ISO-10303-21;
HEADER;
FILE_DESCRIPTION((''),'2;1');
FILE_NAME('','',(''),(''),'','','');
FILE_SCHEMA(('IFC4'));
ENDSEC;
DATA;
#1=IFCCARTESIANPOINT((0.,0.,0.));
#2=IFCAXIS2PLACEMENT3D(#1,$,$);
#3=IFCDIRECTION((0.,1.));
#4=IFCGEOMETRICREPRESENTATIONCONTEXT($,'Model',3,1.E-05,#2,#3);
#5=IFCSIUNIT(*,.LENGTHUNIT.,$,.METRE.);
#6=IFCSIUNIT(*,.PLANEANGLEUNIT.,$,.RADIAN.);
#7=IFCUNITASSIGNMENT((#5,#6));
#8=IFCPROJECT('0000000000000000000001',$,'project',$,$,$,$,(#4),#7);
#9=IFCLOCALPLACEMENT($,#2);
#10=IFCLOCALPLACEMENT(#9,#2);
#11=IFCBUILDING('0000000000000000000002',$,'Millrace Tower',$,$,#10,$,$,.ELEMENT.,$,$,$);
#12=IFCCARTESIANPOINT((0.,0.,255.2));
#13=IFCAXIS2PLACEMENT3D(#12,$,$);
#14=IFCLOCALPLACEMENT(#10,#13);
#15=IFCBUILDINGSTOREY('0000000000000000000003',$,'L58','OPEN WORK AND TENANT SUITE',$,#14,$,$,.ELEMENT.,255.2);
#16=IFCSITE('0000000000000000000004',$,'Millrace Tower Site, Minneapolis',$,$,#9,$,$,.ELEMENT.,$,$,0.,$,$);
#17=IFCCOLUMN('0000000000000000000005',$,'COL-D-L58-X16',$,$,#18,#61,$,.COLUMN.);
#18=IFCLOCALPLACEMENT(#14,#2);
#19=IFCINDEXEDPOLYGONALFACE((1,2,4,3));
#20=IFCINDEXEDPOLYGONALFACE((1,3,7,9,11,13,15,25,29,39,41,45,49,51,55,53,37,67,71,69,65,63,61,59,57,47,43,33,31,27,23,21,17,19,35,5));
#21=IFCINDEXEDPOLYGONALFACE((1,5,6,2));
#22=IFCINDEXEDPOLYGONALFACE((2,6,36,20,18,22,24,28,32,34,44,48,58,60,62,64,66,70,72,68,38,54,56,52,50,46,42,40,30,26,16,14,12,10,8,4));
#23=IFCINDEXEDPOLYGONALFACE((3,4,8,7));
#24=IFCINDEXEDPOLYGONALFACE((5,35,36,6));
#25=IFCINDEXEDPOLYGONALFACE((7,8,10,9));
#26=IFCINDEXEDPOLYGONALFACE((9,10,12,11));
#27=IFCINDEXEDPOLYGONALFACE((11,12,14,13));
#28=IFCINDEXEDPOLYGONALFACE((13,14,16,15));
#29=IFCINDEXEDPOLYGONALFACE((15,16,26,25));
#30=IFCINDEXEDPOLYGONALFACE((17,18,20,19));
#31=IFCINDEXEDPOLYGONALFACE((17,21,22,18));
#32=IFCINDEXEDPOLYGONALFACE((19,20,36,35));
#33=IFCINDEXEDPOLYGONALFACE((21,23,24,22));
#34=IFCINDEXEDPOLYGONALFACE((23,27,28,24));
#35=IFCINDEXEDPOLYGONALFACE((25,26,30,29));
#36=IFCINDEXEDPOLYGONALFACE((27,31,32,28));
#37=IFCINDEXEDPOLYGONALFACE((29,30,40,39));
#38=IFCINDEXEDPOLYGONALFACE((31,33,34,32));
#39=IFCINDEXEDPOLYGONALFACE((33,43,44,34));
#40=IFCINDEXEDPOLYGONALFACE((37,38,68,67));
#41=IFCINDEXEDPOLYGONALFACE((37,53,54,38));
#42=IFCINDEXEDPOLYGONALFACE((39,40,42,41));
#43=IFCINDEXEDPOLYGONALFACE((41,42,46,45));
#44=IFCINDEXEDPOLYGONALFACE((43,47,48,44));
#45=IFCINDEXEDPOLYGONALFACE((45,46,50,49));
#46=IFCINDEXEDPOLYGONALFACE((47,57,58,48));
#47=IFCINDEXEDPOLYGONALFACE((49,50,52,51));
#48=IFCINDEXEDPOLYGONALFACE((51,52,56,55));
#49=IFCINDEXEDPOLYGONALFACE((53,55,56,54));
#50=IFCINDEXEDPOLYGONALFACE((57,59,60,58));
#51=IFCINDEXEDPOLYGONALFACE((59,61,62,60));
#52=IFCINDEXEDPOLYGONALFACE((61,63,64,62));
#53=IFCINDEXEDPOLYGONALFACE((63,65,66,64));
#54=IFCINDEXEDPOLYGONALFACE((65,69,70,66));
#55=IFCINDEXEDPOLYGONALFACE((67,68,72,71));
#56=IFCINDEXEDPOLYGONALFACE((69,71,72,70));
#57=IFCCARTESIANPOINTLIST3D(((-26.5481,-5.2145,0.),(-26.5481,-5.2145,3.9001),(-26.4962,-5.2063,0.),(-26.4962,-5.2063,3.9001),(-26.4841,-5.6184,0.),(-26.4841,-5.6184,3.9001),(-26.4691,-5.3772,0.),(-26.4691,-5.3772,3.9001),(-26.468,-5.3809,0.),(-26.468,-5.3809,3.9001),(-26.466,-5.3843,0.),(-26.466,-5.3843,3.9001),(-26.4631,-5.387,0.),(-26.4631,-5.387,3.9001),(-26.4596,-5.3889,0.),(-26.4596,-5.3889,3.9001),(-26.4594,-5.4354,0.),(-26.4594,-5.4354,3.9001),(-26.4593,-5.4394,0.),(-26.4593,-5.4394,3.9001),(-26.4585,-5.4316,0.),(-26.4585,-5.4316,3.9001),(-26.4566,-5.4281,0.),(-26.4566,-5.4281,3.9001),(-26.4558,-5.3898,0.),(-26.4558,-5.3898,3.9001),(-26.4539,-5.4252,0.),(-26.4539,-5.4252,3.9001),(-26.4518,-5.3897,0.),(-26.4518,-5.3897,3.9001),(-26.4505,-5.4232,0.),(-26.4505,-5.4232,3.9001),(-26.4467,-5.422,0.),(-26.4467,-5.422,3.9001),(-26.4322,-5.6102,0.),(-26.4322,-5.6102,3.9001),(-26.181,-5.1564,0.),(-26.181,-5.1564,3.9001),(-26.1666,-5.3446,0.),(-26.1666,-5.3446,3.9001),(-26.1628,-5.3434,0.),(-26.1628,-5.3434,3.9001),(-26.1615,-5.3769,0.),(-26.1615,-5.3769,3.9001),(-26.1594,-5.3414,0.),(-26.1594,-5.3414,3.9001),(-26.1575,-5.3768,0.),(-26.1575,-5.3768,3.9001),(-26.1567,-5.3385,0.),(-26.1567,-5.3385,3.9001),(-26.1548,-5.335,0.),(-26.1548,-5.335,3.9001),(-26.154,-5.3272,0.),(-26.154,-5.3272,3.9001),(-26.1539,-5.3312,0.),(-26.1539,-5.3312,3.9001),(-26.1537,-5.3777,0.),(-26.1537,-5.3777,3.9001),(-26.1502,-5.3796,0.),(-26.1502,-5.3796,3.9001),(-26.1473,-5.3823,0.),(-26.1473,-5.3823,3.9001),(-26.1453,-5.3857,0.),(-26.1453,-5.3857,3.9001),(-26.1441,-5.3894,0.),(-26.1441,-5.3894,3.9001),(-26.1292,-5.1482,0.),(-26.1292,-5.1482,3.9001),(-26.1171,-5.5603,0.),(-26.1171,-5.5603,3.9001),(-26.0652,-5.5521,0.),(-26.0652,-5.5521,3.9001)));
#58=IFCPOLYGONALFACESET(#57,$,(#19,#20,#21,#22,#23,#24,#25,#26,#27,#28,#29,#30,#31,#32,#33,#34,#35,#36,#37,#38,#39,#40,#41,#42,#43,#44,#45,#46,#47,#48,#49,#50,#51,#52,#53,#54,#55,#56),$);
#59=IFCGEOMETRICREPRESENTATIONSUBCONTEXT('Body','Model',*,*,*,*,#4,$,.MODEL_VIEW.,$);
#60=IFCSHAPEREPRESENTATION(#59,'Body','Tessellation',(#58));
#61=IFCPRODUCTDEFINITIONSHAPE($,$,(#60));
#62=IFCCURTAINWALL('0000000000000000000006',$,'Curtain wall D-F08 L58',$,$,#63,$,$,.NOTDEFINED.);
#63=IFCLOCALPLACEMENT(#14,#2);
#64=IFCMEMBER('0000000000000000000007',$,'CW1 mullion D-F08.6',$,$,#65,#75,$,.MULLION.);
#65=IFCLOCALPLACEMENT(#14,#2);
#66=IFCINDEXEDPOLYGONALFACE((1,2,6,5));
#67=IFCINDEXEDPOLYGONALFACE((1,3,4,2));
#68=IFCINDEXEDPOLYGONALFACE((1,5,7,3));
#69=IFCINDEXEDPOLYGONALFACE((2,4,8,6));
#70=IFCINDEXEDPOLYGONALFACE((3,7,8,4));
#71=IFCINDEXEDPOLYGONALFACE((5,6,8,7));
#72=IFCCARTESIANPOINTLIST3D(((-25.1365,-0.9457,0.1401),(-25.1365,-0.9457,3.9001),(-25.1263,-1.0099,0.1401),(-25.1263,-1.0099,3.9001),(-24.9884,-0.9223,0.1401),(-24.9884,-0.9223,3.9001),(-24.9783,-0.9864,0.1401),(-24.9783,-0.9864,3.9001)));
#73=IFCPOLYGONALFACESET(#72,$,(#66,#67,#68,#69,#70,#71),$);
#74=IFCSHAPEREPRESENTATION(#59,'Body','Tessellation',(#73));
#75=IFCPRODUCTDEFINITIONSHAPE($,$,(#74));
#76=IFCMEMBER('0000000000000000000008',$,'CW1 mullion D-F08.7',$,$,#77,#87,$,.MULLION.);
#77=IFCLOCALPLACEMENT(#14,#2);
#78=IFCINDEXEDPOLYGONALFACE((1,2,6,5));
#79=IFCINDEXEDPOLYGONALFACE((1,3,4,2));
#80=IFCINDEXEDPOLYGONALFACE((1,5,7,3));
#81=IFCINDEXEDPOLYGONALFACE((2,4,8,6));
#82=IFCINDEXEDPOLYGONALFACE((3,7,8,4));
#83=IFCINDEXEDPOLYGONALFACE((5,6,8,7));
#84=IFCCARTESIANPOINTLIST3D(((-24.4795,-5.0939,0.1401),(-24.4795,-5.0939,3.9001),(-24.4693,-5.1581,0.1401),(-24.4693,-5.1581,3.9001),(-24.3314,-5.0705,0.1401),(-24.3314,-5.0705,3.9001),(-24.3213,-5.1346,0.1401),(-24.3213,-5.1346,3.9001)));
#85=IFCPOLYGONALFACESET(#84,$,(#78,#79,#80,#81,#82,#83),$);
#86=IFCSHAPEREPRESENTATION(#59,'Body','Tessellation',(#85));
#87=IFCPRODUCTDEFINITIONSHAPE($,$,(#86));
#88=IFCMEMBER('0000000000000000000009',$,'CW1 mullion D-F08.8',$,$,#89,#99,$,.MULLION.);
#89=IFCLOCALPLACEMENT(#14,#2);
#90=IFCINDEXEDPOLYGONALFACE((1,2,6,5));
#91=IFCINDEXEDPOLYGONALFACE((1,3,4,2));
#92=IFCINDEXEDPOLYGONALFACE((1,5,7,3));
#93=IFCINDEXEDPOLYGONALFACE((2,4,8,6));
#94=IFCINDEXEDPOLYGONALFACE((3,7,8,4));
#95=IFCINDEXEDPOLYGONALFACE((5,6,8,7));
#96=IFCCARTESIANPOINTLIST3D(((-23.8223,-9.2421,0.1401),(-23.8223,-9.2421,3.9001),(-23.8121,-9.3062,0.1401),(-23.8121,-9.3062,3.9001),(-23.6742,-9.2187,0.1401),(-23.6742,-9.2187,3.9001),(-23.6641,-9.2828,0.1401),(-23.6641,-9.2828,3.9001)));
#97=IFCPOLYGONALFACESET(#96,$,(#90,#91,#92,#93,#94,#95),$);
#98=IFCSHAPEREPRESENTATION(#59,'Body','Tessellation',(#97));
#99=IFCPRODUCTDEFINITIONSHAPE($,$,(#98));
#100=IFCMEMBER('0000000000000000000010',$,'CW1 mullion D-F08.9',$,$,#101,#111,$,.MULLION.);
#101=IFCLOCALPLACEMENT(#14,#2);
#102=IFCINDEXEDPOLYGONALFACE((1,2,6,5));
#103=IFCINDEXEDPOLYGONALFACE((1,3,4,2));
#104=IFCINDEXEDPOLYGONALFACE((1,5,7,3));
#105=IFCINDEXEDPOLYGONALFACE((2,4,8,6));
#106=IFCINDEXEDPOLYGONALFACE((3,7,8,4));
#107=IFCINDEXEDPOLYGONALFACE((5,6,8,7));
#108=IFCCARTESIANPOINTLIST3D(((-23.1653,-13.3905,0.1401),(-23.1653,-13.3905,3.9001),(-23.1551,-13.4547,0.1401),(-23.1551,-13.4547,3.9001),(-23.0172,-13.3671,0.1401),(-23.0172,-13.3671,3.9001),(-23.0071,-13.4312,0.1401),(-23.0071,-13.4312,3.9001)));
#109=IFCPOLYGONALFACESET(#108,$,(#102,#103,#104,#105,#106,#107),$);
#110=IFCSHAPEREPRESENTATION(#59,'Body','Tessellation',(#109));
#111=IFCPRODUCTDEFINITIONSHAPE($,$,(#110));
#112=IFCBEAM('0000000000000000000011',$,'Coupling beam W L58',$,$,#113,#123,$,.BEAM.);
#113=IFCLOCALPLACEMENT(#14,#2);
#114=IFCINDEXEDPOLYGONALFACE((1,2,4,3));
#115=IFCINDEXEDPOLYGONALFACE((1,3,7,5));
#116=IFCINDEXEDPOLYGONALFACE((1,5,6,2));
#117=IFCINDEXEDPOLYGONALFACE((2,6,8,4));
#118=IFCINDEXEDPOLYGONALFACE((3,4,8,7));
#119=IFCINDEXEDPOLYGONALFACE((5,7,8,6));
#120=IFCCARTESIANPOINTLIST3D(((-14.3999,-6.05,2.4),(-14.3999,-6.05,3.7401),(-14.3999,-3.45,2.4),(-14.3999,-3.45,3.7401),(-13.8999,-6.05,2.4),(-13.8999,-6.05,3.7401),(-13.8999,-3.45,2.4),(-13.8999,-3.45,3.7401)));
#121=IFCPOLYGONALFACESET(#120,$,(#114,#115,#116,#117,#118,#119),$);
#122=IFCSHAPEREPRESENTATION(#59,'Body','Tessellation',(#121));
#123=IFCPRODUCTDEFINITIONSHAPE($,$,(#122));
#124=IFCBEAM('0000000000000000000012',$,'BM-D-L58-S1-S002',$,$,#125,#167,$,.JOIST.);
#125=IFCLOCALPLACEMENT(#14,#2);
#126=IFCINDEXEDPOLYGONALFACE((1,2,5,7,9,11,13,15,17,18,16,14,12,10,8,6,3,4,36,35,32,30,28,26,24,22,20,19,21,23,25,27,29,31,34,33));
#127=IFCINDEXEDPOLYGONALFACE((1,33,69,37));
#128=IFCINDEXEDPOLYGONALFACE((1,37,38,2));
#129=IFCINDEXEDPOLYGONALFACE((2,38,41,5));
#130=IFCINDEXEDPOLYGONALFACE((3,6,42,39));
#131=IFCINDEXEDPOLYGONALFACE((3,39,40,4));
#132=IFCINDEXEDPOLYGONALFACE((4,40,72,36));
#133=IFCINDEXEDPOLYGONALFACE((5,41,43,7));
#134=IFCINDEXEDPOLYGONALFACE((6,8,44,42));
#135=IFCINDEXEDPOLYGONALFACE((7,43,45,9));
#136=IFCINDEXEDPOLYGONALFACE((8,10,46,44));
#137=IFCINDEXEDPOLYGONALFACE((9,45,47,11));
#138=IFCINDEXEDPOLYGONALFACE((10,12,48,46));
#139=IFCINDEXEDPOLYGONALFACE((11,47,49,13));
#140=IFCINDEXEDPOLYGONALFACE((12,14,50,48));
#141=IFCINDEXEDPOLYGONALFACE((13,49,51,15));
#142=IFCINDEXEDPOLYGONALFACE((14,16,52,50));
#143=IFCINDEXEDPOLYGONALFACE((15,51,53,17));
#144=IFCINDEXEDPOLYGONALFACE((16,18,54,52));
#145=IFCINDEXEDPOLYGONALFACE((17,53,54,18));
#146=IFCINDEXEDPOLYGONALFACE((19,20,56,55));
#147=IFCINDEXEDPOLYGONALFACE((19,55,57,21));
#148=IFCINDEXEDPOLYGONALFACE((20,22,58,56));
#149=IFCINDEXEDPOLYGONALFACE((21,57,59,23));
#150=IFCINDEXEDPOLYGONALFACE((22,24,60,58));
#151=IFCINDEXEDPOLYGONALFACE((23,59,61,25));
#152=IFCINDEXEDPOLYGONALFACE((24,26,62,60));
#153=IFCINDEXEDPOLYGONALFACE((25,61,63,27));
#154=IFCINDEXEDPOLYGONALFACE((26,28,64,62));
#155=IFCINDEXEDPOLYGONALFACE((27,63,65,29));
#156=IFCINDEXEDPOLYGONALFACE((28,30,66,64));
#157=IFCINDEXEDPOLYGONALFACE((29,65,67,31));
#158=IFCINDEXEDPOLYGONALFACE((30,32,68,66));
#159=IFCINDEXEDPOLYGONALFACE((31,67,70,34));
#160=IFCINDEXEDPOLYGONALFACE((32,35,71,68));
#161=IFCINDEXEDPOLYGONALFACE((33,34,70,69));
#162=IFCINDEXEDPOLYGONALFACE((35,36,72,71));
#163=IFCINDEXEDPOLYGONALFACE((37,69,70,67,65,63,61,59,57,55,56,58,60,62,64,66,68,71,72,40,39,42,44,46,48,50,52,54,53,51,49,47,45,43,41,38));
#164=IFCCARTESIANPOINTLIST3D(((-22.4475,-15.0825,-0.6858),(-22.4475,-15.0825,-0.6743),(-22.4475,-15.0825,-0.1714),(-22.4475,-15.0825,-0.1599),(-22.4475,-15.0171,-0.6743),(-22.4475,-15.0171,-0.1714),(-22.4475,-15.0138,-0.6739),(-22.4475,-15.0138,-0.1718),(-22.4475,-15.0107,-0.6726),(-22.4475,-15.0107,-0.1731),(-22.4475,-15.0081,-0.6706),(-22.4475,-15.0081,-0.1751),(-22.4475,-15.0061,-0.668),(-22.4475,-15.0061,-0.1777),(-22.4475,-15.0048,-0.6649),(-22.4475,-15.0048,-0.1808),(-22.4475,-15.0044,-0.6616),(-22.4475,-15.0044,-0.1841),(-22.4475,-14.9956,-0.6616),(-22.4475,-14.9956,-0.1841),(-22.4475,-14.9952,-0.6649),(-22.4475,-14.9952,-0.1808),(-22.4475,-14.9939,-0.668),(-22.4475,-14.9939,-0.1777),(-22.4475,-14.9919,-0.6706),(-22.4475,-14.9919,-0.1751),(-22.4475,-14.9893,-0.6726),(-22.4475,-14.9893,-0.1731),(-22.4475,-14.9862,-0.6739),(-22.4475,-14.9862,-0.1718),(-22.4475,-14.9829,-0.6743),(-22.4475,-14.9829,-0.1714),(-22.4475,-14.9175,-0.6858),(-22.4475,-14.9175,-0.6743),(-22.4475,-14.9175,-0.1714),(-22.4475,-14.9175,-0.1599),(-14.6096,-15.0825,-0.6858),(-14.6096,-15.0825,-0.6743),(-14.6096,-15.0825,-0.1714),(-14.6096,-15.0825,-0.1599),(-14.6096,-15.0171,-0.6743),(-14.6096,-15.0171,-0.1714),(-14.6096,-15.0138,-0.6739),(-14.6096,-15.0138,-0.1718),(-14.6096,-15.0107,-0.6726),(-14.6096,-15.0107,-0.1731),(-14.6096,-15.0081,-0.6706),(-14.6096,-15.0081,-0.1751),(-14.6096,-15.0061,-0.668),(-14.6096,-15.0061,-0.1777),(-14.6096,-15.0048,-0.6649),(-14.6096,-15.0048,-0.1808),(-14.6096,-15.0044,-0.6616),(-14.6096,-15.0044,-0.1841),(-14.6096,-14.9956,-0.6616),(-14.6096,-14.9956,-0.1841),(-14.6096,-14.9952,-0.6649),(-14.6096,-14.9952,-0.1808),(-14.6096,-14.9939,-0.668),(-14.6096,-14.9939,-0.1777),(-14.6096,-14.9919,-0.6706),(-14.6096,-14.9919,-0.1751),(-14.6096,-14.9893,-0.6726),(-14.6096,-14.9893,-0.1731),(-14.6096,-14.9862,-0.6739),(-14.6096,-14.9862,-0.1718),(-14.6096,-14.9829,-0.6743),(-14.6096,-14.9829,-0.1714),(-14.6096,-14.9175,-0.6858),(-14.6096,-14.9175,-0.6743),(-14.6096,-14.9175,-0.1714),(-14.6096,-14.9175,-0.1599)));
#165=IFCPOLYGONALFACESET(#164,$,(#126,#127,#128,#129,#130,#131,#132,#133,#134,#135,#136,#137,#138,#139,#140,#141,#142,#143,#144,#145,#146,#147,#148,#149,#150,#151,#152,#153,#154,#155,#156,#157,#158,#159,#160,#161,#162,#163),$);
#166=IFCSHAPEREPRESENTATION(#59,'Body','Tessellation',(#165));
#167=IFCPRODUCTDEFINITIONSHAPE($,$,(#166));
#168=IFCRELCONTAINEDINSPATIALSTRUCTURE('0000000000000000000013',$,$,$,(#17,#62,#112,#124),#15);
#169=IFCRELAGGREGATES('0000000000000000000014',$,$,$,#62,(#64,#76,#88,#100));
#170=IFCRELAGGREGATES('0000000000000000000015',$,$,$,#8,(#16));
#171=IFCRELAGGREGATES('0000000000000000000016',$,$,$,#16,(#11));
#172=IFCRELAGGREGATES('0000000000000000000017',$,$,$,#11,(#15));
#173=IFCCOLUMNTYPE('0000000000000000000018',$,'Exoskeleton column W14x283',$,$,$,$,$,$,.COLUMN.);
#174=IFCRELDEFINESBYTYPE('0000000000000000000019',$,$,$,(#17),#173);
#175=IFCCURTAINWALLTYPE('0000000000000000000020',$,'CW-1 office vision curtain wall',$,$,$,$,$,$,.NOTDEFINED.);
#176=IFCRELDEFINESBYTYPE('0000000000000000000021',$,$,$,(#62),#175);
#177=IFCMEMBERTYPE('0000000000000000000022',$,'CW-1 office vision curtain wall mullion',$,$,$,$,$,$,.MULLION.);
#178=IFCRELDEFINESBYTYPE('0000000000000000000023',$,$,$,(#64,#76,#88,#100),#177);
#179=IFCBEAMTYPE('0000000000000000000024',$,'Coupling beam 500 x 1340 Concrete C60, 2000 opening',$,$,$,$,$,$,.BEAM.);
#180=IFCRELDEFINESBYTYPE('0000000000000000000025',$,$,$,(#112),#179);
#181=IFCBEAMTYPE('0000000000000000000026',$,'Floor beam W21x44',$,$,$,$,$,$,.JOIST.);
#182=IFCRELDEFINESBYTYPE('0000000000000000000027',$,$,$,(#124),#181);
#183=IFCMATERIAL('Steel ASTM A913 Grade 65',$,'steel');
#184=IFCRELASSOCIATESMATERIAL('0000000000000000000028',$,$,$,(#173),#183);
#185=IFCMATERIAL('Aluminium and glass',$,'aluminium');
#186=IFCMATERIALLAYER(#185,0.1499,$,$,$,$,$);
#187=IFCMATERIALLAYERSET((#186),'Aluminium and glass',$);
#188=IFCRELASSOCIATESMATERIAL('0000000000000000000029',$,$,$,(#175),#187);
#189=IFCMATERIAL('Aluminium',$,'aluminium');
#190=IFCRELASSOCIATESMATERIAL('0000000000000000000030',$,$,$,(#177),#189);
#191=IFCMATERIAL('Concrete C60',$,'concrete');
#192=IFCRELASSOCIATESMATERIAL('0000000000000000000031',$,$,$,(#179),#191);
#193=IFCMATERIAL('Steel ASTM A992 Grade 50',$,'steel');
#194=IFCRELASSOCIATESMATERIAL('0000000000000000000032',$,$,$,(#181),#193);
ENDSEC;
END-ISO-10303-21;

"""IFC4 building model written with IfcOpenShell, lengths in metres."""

from ifc_helpers import new_model, si_unit, direction, frame, origin, origin_2d, place, context, subcontext, project, spatial, rectangle, i_section, extrude, material, layer, layer_set, material_profile, profile_set, type_object, element, aggregate, save


model = new_model("IFC4")

# Units and contexts
model_context = context("Model", 3, precision=1e-05, world=origin(), true_north=direction((0.0, 1.0)))
body_context = subcontext(model_context, "Body", "Model", "MODEL_VIEW")
ifc_project = project(units=[si_unit("LENGTHUNIT", "METRE"), si_unit("PLANEANGLEUNIT", "RADIAN")], contexts=[model_context])

# Site, building, storey
site_placement = place(None, origin())
site = spatial("IfcSite", under=ifc_project, at=site_placement, Name="Millrace Tower Site, Minneapolis", CompositionType="ELEMENT", RefElevation=0.0)
building_placement = place(site_placement, origin())
building = spatial("IfcBuilding", under=site, at=building_placement, Name="Millrace Tower", CompositionType="ELEMENT")
storey_placement = place(building_placement, frame((0.0, 0.0, 255.2)))
storey = spatial("IfcBuildingStorey", under=building, at=storey_placement, Name="L58", Description="OPEN WORK AND TENANT SUITE", CompositionType="ELEMENT", Elevation=255.2)

# Column
ifc_material_1 = material(Name="Steel ASTM A913 Grade 65", Category="steel")
ifc_material_profile_1 = material_profile(ifc_material_1, i_section(OverallWidth=0.4089, OverallDepth=0.4241, WebThickness=0.0327, FlangeThickness=0.0525, FilletRadius=0.0151, at=origin_2d()))
ifc_profile_set_1 = profile_set([ifc_material_profile_1], Name="Steel ASTM A913 Grade 65")
column_type = type_object("IfcColumnType", Name="Exoskeleton column W14x283", PredefinedType="COLUMN", material=ifc_profile_set_1)
column_placement = place(storey_placement, frame((-26.3066, -5.3833, 0.0), z_axis=(0.0, 0.0, 1.0), x_axis=(0.156434, -0.987688, 0.0)))
element("IfcColumn", 1, at=column_placement, inside=storey, type_object=column_type, Name="COL-D-L58-X16", PredefinedType="COLUMN", context=body_context, shape_type="SweptSolid", body=[
    extrude(i_section(OverallWidth=0.4089, OverallDepth=0.4241, WebThickness=0.0327, FlangeThickness=0.0525, FilletRadius=0.0151, at=origin_2d()), origin(), (0.0, 0.0, 1.0), 3.9001),
])

# Curtain wall, members
ifc_material_2 = material(Name="Aluminium and glass", Category="aluminium")
ifc_layer_1 = layer(ifc_material_2, 0.1499)
ifc_layer_set_1 = layer_set([ifc_layer_1], Name="Aluminium and glass")
curtain_wall_type = type_object("IfcCurtainWallType", Name="CW-1 office vision curtain wall", PredefinedType="NOTDEFINED", material=ifc_layer_set_1)
curtain_wall_placement = place(storey_placement, origin())
curtain_wall = element("IfcCurtainWall", 2, at=curtain_wall_placement, inside=storey, type_object=curtain_wall_type, Name="Curtain wall D-F08 L58", PredefinedType="NOTDEFINED")
ifc_material_3 = material(Name="Aluminium", Category="aluminium")
ifc_material_profile_2 = material_profile(ifc_material_3, rectangle(XDim=0.0649, YDim=0.1499, at=origin_2d()))
ifc_profile_set_2 = profile_set([ifc_material_profile_2], Name="Aluminium")
member_type = type_object("IfcMemberType", Name="CW-1 office vision curtain wall mullion", PredefinedType="MULLION", material=ifc_profile_set_2)
member_1_placement = place(storey_placement, frame((-25.0574, -0.9661, 0.1401), z_axis=(0.0, 0.0, 1.0), x_axis=(0.156434, -0.987688, 0.0)))
member_1 = element("IfcMember", 3, at=member_1_placement, type_object=member_type, Name="CW1 mullion D-F08.6", PredefinedType="MULLION", context=body_context, shape_type="SweptSolid", body=[
    extrude(rectangle(XDim=0.0649, YDim=0.1499, at=origin_2d()), origin(), (0.0, 0.0, 1.0), 3.76),
])
member_2_placement = place(storey_placement, frame((-24.4004, -5.1143, 0.1401), z_axis=(0.0, 0.0, 1.0), x_axis=(0.156434, -0.987688, 0.0)))
member_2 = element("IfcMember", 4, at=member_2_placement, type_object=member_type, Name="CW1 mullion D-F08.7", PredefinedType="MULLION", context=body_context, shape_type="SweptSolid", body=[
    extrude(rectangle(XDim=0.0649, YDim=0.1499, at=origin_2d()), origin(), (0.0, 0.0, 1.0), 3.76),
])
member_3_placement = place(storey_placement, frame((-23.7432, -9.2625, 0.1401), z_axis=(0.0, 0.0, 1.0), x_axis=(0.156434, -0.987688, 0.0)))
member_3 = element("IfcMember", 5, at=member_3_placement, type_object=member_type, Name="CW1 mullion D-F08.8", PredefinedType="MULLION", context=body_context, shape_type="SweptSolid", body=[
    extrude(rectangle(XDim=0.0649, YDim=0.1499, at=origin_2d()), origin(), (0.0, 0.0, 1.0), 3.76),
])
member_4_placement = place(storey_placement, frame((-23.0862, -13.4109, 0.1401), z_axis=(0.0, 0.0, 1.0), x_axis=(0.156434, -0.987688, 0.0)))
member_4 = element("IfcMember", 6, at=member_4_placement, type_object=member_type, Name="CW1 mullion D-F08.9", PredefinedType="MULLION", context=body_context, shape_type="SweptSolid", body=[
    extrude(rectangle(XDim=0.0649, YDim=0.1499, at=origin_2d()), origin(), (0.0, 0.0, 1.0), 3.76),
])
aggregate(curtain_wall, [member_1, member_2, member_3, member_4])

# Beams
ifc_material_4 = material(Name="Concrete C60", Category="concrete")
ifc_material_profile_3 = material_profile(ifc_material_4, rectangle(XDim=0.5, YDim=1.3401, at=origin_2d()))
ifc_profile_set_3 = profile_set([ifc_material_profile_3], Name="Concrete C60")
beam_type_1 = type_object("IfcBeamType", Name="Coupling beam 500 x 1340 Concrete C60, 2000 opening", PredefinedType="BEAM", material=ifc_profile_set_3)
beam_1_placement = place(storey_placement, frame((-14.1499, -6.05, 3.0701), z_axis=(0.0, 1.0, 0.0), x_axis=(-1.0, 0.0, 0.0)))
element("IfcBeam", 7, at=beam_1_placement, inside=storey, type_object=beam_type_1, Name="Coupling beam W L58", PredefinedType="BEAM", context=body_context, shape_type="SweptSolid", body=[
    extrude(rectangle(XDim=0.5, YDim=1.3401, at=origin_2d()), origin(), (0.0, 0.0, 1.0), 2.6001),
])
ifc_material_5 = material(Name="Steel ASTM A992 Grade 50", Category="steel")
ifc_material_profile_4 = material_profile(ifc_material_5, i_section(OverallWidth=0.165, OverallDepth=0.5259, WebThickness=0.0088, FlangeThickness=0.0115, FilletRadius=0.0127, at=origin_2d()))
ifc_profile_set_4 = profile_set([ifc_material_profile_4], Name="Steel ASTM A992 Grade 50")
beam_type_2 = type_object("IfcBeamType", Name="Floor beam W21x44", PredefinedType="JOIST", material=ifc_profile_set_4)
beam_2_placement = place(storey_placement, frame((-22.4475, -15.0, -0.4229), z_axis=(1.0, 0.0, 0.0), x_axis=(0.0, 1.0, 0.0)))
element("IfcBeam", 8, at=beam_2_placement, inside=storey, type_object=beam_type_2, Name="BM-D-L58-S1-S002", PredefinedType="JOIST", context=body_context, shape_type="SweptSolid", body=[
    extrude(i_section(OverallWidth=0.165, OverallDepth=0.5259, WebThickness=0.0088, FlangeThickness=0.0115, FilletRadius=0.0127, at=origin_2d()), origin(), (0.0, 0.0, 1.0), 7.8379),
])

save(model, "model.ifc")
